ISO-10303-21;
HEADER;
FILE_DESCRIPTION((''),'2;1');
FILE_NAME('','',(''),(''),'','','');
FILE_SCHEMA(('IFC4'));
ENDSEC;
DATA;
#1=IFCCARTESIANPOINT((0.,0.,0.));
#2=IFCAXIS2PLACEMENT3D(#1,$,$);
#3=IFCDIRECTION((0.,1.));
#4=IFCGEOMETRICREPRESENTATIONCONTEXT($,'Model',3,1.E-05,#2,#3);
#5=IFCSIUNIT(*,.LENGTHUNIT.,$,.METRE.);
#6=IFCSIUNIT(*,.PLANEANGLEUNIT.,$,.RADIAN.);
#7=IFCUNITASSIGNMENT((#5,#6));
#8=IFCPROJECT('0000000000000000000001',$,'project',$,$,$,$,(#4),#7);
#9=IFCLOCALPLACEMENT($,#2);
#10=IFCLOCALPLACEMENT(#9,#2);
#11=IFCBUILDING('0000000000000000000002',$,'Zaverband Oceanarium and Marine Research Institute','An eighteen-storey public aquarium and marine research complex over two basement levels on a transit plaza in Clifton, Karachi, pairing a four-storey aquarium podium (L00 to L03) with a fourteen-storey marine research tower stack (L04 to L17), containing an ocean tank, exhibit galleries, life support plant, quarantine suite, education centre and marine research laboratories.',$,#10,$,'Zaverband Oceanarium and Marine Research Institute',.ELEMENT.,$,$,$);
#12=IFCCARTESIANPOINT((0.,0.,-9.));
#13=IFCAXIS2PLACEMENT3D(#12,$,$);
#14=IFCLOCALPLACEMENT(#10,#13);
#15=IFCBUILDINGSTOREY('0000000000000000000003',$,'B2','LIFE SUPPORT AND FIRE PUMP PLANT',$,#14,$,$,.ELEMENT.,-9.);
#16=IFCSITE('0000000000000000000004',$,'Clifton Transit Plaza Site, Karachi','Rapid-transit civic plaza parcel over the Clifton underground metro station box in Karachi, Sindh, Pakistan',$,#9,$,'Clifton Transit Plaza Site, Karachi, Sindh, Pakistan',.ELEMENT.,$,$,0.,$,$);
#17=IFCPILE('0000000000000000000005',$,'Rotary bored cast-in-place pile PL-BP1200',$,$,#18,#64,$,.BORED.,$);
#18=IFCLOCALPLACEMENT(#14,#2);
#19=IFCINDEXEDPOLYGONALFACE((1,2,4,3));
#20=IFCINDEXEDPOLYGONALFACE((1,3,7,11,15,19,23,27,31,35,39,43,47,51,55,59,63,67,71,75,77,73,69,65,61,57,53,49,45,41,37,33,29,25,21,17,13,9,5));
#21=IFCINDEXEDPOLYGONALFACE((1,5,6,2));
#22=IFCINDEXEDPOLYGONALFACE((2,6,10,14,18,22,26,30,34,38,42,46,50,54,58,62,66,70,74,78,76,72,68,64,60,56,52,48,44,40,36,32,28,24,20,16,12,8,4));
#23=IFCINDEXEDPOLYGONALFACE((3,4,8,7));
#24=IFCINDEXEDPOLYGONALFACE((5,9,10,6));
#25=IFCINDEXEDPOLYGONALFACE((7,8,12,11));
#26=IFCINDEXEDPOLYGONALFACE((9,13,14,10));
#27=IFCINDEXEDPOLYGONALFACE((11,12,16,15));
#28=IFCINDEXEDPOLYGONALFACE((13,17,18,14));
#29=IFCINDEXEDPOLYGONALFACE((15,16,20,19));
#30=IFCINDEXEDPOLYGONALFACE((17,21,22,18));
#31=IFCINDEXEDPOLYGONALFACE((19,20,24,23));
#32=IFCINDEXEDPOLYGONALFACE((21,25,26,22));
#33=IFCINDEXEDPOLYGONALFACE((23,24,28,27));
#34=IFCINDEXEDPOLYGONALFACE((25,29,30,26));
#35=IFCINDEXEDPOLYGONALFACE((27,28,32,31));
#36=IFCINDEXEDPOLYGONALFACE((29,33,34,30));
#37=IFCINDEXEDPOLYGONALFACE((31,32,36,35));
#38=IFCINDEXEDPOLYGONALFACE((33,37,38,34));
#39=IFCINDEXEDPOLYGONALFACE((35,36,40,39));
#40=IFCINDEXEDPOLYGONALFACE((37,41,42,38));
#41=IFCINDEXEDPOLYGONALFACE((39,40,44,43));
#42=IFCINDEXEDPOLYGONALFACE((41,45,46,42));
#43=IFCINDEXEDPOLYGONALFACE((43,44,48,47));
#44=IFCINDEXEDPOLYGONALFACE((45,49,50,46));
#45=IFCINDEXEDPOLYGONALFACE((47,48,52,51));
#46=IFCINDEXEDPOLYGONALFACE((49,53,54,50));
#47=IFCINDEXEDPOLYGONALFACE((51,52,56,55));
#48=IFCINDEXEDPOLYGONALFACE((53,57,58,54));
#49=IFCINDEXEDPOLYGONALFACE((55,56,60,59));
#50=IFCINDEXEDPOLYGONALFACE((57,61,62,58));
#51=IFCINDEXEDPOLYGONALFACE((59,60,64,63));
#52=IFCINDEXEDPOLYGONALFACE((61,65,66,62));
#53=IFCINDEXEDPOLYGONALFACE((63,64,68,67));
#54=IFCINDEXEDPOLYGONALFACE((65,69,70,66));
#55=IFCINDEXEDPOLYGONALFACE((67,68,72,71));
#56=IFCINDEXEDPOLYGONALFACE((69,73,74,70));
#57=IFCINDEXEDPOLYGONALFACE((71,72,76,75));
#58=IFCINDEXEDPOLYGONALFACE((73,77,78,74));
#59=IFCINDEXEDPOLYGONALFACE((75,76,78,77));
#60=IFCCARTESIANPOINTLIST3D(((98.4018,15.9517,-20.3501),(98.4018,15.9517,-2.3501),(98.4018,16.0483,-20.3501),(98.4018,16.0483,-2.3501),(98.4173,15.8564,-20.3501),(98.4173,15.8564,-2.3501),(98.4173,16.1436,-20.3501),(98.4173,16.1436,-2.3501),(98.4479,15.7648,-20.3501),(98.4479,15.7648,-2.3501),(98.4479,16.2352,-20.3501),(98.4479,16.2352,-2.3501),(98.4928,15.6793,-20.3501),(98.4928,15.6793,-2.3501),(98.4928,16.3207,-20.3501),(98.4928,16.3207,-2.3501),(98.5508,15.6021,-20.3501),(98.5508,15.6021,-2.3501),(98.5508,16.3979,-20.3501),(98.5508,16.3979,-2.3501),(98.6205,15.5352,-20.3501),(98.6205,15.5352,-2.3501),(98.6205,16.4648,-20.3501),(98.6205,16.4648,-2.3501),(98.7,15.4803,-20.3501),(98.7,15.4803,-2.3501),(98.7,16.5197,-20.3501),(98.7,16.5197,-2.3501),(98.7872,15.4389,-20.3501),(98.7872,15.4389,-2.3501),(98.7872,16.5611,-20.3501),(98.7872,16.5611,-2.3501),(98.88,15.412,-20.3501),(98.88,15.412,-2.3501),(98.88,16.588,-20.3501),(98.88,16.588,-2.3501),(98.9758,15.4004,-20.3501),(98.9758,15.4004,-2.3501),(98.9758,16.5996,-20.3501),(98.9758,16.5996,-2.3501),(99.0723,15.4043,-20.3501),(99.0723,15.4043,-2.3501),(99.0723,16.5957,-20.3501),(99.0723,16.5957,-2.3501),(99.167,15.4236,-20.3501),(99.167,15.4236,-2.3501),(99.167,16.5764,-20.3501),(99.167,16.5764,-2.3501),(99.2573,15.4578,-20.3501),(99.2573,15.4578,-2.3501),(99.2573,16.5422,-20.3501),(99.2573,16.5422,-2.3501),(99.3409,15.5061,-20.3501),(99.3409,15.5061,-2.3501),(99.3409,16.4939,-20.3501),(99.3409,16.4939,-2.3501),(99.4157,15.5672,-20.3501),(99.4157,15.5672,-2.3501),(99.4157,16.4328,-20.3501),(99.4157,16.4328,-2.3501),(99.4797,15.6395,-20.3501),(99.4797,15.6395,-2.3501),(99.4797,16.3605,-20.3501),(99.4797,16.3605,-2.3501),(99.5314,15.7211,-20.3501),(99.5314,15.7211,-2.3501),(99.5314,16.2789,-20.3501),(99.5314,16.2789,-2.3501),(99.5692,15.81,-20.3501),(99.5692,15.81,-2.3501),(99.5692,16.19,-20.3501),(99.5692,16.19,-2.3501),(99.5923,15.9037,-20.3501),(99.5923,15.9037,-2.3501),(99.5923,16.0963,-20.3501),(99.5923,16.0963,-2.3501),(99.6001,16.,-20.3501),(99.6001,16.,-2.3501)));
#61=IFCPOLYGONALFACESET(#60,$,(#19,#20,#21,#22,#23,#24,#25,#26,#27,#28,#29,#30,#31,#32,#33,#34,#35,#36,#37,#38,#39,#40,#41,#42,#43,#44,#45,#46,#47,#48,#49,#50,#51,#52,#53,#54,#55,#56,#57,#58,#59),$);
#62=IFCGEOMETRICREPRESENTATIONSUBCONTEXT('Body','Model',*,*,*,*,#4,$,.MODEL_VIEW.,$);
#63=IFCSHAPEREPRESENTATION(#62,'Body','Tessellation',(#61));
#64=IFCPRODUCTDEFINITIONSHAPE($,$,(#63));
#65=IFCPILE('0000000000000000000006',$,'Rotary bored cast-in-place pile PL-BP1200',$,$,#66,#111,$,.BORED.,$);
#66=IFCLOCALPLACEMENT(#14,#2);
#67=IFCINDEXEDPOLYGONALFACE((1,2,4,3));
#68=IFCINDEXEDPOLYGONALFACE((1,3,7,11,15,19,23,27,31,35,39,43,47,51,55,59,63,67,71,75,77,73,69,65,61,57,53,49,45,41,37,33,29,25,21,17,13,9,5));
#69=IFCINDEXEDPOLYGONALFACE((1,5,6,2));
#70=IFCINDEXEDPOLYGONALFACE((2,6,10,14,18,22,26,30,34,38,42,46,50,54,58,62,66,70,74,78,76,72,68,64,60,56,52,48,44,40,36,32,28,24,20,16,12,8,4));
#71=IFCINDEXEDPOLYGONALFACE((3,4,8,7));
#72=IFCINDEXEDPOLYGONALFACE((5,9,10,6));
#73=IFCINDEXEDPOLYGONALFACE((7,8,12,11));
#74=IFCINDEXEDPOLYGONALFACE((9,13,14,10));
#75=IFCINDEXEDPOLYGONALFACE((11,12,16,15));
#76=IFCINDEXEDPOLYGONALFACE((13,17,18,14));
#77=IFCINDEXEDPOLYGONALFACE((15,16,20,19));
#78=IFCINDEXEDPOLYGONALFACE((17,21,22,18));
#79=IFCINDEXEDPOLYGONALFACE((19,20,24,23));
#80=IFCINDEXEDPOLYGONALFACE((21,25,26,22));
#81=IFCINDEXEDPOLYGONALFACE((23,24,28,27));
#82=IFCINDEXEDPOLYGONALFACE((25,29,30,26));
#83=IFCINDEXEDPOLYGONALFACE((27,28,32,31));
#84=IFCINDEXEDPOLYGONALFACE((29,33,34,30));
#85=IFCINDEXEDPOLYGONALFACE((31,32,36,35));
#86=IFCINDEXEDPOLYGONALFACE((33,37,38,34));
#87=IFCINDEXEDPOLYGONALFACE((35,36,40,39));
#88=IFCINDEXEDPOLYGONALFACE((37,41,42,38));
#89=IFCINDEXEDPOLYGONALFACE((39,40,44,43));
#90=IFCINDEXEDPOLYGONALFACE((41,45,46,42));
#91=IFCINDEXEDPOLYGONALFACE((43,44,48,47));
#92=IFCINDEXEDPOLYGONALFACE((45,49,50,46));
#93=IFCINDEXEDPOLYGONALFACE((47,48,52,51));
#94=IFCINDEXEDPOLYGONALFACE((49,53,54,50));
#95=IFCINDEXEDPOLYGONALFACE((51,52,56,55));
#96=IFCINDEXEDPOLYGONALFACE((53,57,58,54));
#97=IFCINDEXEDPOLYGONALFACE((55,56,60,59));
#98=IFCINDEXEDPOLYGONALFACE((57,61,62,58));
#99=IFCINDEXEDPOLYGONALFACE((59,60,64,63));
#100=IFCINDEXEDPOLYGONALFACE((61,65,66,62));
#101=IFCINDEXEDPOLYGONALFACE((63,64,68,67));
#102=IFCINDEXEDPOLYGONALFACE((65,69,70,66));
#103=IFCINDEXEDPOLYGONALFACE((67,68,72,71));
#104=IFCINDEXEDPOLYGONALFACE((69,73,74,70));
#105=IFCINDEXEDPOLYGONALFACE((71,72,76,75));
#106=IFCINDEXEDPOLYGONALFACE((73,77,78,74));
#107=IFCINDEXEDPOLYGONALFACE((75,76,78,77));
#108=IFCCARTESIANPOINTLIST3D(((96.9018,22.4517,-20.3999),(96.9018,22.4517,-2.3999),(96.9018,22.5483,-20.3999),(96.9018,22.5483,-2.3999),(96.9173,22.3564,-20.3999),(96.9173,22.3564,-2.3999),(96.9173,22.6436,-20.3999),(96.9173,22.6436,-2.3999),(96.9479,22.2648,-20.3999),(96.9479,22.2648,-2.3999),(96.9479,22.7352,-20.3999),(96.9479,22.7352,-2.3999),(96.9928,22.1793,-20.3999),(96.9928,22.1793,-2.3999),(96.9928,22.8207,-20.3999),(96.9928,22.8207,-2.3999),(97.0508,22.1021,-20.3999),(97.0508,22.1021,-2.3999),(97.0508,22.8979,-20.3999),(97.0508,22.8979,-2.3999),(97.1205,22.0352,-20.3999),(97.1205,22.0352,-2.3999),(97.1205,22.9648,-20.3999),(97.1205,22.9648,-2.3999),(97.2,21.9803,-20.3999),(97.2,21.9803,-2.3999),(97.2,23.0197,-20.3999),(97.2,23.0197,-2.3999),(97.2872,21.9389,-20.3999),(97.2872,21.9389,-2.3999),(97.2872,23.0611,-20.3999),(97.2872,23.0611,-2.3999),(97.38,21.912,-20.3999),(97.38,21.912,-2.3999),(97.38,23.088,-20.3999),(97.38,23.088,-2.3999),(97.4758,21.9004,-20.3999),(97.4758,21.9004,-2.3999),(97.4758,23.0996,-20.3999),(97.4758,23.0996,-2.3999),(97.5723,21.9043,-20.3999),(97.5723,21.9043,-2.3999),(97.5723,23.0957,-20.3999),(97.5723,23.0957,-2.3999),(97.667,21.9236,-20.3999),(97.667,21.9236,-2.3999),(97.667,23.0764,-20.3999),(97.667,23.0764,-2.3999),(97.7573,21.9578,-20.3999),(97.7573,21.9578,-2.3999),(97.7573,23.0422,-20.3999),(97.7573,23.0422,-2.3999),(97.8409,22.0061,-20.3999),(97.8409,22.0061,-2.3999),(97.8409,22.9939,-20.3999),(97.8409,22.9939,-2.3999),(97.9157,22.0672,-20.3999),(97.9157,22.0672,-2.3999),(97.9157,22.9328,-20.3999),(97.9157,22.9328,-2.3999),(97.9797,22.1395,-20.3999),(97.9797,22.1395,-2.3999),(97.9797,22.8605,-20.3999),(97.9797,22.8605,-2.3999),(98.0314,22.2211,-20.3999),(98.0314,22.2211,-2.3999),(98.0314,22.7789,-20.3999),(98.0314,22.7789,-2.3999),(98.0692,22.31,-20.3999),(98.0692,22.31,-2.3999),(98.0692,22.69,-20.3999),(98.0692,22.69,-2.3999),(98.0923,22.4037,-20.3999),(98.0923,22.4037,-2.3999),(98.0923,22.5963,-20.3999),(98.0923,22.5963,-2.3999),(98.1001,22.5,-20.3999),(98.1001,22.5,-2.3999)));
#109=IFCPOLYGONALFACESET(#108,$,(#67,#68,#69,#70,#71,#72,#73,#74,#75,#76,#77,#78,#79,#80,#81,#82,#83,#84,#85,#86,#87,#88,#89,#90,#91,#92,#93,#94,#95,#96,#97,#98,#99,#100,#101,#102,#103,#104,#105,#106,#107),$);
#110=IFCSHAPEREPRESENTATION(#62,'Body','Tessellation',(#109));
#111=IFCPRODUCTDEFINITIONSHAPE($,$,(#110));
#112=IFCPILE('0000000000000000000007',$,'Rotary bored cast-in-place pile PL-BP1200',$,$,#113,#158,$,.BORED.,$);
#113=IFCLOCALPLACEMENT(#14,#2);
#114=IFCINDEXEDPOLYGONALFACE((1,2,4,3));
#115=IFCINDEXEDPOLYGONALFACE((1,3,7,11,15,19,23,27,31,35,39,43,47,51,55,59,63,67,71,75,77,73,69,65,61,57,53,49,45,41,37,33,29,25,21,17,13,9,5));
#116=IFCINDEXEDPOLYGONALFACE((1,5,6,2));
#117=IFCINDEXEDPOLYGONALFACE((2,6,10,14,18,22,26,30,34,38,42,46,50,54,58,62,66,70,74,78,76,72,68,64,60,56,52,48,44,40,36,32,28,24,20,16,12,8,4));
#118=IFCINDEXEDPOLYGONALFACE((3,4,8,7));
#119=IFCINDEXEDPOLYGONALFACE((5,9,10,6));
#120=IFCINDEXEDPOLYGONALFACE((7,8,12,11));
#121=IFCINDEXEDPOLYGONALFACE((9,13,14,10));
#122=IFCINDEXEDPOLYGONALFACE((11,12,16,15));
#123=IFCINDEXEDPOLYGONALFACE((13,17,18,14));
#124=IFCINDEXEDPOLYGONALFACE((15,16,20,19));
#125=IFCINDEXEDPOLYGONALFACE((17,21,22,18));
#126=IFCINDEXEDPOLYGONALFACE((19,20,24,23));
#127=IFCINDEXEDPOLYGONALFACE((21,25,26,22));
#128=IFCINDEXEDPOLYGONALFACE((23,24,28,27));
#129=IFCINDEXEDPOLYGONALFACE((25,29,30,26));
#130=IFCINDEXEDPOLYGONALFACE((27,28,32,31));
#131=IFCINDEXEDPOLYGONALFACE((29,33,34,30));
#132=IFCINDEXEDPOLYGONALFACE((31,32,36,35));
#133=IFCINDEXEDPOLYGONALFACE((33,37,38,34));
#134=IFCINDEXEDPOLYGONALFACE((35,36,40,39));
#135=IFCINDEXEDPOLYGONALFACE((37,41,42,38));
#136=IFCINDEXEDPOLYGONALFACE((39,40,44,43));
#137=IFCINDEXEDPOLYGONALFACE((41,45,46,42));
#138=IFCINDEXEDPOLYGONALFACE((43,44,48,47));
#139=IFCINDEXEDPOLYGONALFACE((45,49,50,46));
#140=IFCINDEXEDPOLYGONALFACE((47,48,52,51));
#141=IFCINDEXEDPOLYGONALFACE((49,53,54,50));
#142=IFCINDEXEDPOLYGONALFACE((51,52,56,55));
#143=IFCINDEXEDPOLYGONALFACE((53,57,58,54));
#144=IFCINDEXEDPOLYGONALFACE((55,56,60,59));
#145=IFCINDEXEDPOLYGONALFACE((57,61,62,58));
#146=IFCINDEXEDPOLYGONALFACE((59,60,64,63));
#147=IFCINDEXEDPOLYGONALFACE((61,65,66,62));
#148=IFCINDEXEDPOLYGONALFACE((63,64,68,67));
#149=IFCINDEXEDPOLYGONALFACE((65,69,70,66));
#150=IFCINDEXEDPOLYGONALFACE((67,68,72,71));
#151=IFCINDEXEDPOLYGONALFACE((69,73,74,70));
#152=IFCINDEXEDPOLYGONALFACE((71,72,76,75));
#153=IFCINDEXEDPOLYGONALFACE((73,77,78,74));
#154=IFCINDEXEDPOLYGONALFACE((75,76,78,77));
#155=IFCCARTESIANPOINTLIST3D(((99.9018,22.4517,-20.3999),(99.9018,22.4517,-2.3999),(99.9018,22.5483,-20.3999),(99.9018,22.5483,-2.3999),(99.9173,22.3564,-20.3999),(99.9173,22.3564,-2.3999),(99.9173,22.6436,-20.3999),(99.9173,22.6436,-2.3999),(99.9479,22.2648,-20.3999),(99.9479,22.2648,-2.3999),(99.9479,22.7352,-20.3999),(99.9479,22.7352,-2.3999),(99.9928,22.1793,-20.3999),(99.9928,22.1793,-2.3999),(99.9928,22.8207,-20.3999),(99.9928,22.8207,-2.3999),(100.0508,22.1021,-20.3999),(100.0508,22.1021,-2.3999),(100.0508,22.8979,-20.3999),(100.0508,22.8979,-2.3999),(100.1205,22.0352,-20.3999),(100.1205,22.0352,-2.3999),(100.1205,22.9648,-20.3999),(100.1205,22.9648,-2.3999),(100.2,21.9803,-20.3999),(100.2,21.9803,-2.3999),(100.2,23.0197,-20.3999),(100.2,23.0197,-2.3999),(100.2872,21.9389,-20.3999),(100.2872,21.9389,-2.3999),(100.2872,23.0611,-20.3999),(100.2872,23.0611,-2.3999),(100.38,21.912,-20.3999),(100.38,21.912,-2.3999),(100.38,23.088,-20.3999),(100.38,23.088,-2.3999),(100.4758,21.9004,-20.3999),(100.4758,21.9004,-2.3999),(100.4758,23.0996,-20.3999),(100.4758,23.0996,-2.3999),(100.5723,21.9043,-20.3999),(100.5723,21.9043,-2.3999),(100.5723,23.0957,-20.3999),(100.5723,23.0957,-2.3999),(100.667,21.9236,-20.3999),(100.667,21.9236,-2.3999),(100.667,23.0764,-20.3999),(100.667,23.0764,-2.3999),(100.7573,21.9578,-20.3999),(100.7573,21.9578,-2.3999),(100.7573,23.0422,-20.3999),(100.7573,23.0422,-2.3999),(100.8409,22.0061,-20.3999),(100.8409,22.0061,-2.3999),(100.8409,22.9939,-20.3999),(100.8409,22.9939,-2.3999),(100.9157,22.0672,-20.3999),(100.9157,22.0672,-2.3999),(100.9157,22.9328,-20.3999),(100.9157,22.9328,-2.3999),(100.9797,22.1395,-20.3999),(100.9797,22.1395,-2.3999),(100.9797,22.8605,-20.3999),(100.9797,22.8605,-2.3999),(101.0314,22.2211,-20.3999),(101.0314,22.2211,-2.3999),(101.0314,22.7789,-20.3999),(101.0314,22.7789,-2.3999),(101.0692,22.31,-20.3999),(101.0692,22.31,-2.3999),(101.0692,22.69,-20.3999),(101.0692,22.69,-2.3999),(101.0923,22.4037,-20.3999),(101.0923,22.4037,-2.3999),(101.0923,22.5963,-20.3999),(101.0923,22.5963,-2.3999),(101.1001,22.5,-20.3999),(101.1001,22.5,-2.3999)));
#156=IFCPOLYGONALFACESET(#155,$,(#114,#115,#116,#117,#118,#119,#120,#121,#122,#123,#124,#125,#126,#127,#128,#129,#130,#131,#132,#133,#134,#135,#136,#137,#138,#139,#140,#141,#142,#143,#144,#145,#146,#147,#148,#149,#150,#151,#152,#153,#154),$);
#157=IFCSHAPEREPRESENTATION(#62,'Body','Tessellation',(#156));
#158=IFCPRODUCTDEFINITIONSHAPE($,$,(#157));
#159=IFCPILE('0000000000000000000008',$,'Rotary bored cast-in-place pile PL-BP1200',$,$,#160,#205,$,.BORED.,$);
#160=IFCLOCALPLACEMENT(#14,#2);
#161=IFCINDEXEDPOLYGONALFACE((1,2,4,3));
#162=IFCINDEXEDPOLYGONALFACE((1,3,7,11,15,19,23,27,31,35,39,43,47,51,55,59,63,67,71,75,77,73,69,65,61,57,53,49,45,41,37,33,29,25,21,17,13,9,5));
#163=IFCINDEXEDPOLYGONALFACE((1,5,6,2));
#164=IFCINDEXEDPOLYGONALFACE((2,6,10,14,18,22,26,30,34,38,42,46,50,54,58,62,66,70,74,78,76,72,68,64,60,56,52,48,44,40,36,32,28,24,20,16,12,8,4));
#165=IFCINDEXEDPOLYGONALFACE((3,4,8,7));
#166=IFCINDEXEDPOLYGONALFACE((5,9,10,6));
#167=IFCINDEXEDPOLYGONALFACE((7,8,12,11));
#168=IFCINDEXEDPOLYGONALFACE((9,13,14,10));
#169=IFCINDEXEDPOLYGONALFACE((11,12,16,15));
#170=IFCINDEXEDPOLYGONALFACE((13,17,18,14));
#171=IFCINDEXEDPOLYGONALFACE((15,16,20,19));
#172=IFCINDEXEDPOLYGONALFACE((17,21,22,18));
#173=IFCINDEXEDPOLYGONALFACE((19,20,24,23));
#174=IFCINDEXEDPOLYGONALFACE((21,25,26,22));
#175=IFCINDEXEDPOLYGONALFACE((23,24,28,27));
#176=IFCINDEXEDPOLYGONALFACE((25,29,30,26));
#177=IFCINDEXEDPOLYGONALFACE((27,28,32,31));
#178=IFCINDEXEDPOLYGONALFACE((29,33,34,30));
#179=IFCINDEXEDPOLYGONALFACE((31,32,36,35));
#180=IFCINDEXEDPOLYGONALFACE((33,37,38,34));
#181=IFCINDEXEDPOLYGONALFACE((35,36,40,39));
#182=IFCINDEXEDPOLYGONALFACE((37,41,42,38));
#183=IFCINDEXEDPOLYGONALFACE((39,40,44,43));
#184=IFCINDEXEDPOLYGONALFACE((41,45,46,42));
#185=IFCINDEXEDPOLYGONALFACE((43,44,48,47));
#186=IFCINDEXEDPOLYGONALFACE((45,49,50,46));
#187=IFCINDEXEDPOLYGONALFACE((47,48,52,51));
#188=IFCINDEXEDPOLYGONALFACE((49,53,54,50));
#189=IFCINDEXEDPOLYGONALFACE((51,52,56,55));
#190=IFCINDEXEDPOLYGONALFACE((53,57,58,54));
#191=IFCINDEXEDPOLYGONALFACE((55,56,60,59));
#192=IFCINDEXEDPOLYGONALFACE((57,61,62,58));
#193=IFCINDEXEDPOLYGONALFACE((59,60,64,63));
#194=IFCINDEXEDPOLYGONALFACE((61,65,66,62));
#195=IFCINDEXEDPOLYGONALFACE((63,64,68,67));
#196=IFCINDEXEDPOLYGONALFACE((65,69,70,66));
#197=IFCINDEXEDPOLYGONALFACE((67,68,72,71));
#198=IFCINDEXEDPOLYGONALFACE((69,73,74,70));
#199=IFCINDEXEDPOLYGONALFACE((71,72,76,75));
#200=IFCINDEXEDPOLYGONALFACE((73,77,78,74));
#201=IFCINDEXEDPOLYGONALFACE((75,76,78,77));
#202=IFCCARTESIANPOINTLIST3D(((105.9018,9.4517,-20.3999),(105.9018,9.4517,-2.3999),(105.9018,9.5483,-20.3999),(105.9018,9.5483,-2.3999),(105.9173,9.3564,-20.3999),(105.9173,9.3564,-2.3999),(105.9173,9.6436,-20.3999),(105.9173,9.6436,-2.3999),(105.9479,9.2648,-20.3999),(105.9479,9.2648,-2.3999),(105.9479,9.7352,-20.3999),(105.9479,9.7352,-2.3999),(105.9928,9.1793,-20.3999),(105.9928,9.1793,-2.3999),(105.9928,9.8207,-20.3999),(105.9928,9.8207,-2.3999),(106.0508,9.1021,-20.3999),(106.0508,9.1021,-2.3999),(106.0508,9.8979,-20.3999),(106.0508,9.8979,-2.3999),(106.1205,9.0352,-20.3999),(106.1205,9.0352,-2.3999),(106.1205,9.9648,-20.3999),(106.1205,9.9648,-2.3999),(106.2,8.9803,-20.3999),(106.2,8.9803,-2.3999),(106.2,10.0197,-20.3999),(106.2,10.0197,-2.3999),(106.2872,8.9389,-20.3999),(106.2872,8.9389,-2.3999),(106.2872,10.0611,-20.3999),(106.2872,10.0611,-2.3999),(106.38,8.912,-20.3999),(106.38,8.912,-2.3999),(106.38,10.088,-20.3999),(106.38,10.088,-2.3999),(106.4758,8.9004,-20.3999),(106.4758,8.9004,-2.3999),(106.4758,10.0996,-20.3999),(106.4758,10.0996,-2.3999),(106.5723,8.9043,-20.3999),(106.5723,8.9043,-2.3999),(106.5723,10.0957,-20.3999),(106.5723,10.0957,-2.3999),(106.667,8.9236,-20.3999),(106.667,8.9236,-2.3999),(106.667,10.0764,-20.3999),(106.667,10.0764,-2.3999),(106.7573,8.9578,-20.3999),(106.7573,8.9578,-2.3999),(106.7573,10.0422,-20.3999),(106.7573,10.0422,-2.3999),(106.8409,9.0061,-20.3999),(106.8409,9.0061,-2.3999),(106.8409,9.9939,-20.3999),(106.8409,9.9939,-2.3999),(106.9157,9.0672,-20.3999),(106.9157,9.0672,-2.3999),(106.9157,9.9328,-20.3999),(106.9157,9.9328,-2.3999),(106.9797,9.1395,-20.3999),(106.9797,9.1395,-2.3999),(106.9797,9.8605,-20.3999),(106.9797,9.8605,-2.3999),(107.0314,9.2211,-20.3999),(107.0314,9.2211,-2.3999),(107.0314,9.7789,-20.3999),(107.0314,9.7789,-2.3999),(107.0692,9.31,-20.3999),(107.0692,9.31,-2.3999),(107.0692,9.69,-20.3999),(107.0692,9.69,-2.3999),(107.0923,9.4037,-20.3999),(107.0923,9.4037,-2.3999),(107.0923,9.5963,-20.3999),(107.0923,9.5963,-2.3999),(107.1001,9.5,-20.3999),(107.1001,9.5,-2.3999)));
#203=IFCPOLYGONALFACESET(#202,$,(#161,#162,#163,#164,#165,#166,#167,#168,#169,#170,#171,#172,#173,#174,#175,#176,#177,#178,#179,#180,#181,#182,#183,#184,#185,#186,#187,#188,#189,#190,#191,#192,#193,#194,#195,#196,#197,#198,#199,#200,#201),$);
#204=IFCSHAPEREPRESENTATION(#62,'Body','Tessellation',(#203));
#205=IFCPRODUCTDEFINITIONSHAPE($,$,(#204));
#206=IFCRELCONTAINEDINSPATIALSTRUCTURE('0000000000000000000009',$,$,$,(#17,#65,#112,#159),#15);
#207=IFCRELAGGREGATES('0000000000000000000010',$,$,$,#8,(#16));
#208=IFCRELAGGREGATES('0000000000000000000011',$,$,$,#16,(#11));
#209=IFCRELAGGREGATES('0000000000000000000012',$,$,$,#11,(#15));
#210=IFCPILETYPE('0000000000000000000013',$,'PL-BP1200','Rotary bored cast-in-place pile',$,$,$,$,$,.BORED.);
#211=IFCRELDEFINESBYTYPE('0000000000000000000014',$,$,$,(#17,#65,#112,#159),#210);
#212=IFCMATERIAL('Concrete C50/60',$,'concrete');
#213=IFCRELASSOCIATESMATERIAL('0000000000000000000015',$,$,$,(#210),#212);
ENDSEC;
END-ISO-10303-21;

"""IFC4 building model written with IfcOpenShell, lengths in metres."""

from ifc_helpers import new_model, si_unit, direction, frame, origin, origin_2d, place, context, subcontext, project, spatial, circle, extrude, material, material_profile, profile_set, type_object, element, save


model = new_model("IFC4")

# Units and contexts
model_context = context("Model", 3, precision=1e-05, world=origin(), true_north=direction((0.0, 1.0)))
body_context = subcontext(model_context, "Body", "Model", "MODEL_VIEW")
ifc_project = project(units=[si_unit("LENGTHUNIT", "METRE"), si_unit("PLANEANGLEUNIT", "RADIAN")], contexts=[model_context])

# Site, building, storey
site_placement = place(None, origin())
site = spatial("IfcSite", under=ifc_project, at=site_placement, Name="Clifton Transit Plaza Site, Karachi", Description="Rapid-transit civic plaza parcel over the Clifton underground metro station box in Karachi, Sindh, Pakistan", LongName="Clifton Transit Plaza Site, Karachi, Sindh, Pakistan", CompositionType="ELEMENT", RefElevation=0.0)
building_placement = place(site_placement, origin())
building = spatial("IfcBuilding", under=site, at=building_placement, Name="Zaverband Oceanarium and Marine Research Institute", Description="An eighteen-storey public aquarium and marine research complex over two basement levels on a transit plaza in Clifton, Karachi, pairing a four-storey aquarium podium (L00 to L03) with a fourteen-storey marine research tower stack (L04 to L17), containing an ocean tank, exhibit galleries, life support plant, quarantine suite, education centre and marine research laboratories.", LongName="Zaverband Oceanarium and Marine Research Institute", CompositionType="ELEMENT")
storey_placement = place(building_placement, frame((0.0, 0.0, -9.0)))
storey = spatial("IfcBuildingStorey", under=building, at=storey_placement, Name="B2", Description="LIFE SUPPORT AND FIRE PUMP PLANT", CompositionType="ELEMENT", Elevation=-9.0)

# Shared definitions
ifc_material_1 = material(Name="Concrete C50/60", Category="concrete")

# Piles
ifc_material_profile_1 = material_profile(ifc_material_1, circle(Radius=0.6001, at=origin_2d()), Name="BP1200")
ifc_profile_set_1 = profile_set([ifc_material_profile_1], Name="Concrete C50/60")
pile_type_1 = type_object("IfcPileType", Name="PL-BP1200", Description="Rotary bored cast-in-place pile", PredefinedType="BORED", material=ifc_profile_set_1)
for number, where, z_axis, x_axis, name in (
    (1, (99.0, 16.0, -2.3501), (0.0, 0.0, -1.0), (1.0, 0.0, 0.0), "Rotary bored cast-in-place pile PL-BP1200"),
    (2, (97.5, 22.5, -2.3999), (0.0, 0.0, -1.0), (1.0, 0.0, 0.0), "Rotary bored cast-in-place pile PL-BP1200"),
    (3, (100.5, 22.5, -2.3999), (0.0, 0.0, -1.0), (1.0, 0.0, 0.0), "Rotary bored cast-in-place pile PL-BP1200"),
    (4, (106.5, 9.5, -2.3999), (0.0, 0.0, -1.0), (1.0, 0.0, 0.0), "Rotary bored cast-in-place pile PL-BP1200"),
):
    element("IfcPile", number, at=place(storey_placement, frame(where, z_axis=z_axis, x_axis=x_axis)), inside=storey, type_object=pile_type_1, Name=name, PredefinedType="BORED", context=body_context, shape_type="SweptSolid", body=[
        extrude(circle(Radius=0.6001, at=origin_2d()), origin(), (0.0, 0.0, 1.0), 18.0),
    ])

save(model, "model.ifc")
